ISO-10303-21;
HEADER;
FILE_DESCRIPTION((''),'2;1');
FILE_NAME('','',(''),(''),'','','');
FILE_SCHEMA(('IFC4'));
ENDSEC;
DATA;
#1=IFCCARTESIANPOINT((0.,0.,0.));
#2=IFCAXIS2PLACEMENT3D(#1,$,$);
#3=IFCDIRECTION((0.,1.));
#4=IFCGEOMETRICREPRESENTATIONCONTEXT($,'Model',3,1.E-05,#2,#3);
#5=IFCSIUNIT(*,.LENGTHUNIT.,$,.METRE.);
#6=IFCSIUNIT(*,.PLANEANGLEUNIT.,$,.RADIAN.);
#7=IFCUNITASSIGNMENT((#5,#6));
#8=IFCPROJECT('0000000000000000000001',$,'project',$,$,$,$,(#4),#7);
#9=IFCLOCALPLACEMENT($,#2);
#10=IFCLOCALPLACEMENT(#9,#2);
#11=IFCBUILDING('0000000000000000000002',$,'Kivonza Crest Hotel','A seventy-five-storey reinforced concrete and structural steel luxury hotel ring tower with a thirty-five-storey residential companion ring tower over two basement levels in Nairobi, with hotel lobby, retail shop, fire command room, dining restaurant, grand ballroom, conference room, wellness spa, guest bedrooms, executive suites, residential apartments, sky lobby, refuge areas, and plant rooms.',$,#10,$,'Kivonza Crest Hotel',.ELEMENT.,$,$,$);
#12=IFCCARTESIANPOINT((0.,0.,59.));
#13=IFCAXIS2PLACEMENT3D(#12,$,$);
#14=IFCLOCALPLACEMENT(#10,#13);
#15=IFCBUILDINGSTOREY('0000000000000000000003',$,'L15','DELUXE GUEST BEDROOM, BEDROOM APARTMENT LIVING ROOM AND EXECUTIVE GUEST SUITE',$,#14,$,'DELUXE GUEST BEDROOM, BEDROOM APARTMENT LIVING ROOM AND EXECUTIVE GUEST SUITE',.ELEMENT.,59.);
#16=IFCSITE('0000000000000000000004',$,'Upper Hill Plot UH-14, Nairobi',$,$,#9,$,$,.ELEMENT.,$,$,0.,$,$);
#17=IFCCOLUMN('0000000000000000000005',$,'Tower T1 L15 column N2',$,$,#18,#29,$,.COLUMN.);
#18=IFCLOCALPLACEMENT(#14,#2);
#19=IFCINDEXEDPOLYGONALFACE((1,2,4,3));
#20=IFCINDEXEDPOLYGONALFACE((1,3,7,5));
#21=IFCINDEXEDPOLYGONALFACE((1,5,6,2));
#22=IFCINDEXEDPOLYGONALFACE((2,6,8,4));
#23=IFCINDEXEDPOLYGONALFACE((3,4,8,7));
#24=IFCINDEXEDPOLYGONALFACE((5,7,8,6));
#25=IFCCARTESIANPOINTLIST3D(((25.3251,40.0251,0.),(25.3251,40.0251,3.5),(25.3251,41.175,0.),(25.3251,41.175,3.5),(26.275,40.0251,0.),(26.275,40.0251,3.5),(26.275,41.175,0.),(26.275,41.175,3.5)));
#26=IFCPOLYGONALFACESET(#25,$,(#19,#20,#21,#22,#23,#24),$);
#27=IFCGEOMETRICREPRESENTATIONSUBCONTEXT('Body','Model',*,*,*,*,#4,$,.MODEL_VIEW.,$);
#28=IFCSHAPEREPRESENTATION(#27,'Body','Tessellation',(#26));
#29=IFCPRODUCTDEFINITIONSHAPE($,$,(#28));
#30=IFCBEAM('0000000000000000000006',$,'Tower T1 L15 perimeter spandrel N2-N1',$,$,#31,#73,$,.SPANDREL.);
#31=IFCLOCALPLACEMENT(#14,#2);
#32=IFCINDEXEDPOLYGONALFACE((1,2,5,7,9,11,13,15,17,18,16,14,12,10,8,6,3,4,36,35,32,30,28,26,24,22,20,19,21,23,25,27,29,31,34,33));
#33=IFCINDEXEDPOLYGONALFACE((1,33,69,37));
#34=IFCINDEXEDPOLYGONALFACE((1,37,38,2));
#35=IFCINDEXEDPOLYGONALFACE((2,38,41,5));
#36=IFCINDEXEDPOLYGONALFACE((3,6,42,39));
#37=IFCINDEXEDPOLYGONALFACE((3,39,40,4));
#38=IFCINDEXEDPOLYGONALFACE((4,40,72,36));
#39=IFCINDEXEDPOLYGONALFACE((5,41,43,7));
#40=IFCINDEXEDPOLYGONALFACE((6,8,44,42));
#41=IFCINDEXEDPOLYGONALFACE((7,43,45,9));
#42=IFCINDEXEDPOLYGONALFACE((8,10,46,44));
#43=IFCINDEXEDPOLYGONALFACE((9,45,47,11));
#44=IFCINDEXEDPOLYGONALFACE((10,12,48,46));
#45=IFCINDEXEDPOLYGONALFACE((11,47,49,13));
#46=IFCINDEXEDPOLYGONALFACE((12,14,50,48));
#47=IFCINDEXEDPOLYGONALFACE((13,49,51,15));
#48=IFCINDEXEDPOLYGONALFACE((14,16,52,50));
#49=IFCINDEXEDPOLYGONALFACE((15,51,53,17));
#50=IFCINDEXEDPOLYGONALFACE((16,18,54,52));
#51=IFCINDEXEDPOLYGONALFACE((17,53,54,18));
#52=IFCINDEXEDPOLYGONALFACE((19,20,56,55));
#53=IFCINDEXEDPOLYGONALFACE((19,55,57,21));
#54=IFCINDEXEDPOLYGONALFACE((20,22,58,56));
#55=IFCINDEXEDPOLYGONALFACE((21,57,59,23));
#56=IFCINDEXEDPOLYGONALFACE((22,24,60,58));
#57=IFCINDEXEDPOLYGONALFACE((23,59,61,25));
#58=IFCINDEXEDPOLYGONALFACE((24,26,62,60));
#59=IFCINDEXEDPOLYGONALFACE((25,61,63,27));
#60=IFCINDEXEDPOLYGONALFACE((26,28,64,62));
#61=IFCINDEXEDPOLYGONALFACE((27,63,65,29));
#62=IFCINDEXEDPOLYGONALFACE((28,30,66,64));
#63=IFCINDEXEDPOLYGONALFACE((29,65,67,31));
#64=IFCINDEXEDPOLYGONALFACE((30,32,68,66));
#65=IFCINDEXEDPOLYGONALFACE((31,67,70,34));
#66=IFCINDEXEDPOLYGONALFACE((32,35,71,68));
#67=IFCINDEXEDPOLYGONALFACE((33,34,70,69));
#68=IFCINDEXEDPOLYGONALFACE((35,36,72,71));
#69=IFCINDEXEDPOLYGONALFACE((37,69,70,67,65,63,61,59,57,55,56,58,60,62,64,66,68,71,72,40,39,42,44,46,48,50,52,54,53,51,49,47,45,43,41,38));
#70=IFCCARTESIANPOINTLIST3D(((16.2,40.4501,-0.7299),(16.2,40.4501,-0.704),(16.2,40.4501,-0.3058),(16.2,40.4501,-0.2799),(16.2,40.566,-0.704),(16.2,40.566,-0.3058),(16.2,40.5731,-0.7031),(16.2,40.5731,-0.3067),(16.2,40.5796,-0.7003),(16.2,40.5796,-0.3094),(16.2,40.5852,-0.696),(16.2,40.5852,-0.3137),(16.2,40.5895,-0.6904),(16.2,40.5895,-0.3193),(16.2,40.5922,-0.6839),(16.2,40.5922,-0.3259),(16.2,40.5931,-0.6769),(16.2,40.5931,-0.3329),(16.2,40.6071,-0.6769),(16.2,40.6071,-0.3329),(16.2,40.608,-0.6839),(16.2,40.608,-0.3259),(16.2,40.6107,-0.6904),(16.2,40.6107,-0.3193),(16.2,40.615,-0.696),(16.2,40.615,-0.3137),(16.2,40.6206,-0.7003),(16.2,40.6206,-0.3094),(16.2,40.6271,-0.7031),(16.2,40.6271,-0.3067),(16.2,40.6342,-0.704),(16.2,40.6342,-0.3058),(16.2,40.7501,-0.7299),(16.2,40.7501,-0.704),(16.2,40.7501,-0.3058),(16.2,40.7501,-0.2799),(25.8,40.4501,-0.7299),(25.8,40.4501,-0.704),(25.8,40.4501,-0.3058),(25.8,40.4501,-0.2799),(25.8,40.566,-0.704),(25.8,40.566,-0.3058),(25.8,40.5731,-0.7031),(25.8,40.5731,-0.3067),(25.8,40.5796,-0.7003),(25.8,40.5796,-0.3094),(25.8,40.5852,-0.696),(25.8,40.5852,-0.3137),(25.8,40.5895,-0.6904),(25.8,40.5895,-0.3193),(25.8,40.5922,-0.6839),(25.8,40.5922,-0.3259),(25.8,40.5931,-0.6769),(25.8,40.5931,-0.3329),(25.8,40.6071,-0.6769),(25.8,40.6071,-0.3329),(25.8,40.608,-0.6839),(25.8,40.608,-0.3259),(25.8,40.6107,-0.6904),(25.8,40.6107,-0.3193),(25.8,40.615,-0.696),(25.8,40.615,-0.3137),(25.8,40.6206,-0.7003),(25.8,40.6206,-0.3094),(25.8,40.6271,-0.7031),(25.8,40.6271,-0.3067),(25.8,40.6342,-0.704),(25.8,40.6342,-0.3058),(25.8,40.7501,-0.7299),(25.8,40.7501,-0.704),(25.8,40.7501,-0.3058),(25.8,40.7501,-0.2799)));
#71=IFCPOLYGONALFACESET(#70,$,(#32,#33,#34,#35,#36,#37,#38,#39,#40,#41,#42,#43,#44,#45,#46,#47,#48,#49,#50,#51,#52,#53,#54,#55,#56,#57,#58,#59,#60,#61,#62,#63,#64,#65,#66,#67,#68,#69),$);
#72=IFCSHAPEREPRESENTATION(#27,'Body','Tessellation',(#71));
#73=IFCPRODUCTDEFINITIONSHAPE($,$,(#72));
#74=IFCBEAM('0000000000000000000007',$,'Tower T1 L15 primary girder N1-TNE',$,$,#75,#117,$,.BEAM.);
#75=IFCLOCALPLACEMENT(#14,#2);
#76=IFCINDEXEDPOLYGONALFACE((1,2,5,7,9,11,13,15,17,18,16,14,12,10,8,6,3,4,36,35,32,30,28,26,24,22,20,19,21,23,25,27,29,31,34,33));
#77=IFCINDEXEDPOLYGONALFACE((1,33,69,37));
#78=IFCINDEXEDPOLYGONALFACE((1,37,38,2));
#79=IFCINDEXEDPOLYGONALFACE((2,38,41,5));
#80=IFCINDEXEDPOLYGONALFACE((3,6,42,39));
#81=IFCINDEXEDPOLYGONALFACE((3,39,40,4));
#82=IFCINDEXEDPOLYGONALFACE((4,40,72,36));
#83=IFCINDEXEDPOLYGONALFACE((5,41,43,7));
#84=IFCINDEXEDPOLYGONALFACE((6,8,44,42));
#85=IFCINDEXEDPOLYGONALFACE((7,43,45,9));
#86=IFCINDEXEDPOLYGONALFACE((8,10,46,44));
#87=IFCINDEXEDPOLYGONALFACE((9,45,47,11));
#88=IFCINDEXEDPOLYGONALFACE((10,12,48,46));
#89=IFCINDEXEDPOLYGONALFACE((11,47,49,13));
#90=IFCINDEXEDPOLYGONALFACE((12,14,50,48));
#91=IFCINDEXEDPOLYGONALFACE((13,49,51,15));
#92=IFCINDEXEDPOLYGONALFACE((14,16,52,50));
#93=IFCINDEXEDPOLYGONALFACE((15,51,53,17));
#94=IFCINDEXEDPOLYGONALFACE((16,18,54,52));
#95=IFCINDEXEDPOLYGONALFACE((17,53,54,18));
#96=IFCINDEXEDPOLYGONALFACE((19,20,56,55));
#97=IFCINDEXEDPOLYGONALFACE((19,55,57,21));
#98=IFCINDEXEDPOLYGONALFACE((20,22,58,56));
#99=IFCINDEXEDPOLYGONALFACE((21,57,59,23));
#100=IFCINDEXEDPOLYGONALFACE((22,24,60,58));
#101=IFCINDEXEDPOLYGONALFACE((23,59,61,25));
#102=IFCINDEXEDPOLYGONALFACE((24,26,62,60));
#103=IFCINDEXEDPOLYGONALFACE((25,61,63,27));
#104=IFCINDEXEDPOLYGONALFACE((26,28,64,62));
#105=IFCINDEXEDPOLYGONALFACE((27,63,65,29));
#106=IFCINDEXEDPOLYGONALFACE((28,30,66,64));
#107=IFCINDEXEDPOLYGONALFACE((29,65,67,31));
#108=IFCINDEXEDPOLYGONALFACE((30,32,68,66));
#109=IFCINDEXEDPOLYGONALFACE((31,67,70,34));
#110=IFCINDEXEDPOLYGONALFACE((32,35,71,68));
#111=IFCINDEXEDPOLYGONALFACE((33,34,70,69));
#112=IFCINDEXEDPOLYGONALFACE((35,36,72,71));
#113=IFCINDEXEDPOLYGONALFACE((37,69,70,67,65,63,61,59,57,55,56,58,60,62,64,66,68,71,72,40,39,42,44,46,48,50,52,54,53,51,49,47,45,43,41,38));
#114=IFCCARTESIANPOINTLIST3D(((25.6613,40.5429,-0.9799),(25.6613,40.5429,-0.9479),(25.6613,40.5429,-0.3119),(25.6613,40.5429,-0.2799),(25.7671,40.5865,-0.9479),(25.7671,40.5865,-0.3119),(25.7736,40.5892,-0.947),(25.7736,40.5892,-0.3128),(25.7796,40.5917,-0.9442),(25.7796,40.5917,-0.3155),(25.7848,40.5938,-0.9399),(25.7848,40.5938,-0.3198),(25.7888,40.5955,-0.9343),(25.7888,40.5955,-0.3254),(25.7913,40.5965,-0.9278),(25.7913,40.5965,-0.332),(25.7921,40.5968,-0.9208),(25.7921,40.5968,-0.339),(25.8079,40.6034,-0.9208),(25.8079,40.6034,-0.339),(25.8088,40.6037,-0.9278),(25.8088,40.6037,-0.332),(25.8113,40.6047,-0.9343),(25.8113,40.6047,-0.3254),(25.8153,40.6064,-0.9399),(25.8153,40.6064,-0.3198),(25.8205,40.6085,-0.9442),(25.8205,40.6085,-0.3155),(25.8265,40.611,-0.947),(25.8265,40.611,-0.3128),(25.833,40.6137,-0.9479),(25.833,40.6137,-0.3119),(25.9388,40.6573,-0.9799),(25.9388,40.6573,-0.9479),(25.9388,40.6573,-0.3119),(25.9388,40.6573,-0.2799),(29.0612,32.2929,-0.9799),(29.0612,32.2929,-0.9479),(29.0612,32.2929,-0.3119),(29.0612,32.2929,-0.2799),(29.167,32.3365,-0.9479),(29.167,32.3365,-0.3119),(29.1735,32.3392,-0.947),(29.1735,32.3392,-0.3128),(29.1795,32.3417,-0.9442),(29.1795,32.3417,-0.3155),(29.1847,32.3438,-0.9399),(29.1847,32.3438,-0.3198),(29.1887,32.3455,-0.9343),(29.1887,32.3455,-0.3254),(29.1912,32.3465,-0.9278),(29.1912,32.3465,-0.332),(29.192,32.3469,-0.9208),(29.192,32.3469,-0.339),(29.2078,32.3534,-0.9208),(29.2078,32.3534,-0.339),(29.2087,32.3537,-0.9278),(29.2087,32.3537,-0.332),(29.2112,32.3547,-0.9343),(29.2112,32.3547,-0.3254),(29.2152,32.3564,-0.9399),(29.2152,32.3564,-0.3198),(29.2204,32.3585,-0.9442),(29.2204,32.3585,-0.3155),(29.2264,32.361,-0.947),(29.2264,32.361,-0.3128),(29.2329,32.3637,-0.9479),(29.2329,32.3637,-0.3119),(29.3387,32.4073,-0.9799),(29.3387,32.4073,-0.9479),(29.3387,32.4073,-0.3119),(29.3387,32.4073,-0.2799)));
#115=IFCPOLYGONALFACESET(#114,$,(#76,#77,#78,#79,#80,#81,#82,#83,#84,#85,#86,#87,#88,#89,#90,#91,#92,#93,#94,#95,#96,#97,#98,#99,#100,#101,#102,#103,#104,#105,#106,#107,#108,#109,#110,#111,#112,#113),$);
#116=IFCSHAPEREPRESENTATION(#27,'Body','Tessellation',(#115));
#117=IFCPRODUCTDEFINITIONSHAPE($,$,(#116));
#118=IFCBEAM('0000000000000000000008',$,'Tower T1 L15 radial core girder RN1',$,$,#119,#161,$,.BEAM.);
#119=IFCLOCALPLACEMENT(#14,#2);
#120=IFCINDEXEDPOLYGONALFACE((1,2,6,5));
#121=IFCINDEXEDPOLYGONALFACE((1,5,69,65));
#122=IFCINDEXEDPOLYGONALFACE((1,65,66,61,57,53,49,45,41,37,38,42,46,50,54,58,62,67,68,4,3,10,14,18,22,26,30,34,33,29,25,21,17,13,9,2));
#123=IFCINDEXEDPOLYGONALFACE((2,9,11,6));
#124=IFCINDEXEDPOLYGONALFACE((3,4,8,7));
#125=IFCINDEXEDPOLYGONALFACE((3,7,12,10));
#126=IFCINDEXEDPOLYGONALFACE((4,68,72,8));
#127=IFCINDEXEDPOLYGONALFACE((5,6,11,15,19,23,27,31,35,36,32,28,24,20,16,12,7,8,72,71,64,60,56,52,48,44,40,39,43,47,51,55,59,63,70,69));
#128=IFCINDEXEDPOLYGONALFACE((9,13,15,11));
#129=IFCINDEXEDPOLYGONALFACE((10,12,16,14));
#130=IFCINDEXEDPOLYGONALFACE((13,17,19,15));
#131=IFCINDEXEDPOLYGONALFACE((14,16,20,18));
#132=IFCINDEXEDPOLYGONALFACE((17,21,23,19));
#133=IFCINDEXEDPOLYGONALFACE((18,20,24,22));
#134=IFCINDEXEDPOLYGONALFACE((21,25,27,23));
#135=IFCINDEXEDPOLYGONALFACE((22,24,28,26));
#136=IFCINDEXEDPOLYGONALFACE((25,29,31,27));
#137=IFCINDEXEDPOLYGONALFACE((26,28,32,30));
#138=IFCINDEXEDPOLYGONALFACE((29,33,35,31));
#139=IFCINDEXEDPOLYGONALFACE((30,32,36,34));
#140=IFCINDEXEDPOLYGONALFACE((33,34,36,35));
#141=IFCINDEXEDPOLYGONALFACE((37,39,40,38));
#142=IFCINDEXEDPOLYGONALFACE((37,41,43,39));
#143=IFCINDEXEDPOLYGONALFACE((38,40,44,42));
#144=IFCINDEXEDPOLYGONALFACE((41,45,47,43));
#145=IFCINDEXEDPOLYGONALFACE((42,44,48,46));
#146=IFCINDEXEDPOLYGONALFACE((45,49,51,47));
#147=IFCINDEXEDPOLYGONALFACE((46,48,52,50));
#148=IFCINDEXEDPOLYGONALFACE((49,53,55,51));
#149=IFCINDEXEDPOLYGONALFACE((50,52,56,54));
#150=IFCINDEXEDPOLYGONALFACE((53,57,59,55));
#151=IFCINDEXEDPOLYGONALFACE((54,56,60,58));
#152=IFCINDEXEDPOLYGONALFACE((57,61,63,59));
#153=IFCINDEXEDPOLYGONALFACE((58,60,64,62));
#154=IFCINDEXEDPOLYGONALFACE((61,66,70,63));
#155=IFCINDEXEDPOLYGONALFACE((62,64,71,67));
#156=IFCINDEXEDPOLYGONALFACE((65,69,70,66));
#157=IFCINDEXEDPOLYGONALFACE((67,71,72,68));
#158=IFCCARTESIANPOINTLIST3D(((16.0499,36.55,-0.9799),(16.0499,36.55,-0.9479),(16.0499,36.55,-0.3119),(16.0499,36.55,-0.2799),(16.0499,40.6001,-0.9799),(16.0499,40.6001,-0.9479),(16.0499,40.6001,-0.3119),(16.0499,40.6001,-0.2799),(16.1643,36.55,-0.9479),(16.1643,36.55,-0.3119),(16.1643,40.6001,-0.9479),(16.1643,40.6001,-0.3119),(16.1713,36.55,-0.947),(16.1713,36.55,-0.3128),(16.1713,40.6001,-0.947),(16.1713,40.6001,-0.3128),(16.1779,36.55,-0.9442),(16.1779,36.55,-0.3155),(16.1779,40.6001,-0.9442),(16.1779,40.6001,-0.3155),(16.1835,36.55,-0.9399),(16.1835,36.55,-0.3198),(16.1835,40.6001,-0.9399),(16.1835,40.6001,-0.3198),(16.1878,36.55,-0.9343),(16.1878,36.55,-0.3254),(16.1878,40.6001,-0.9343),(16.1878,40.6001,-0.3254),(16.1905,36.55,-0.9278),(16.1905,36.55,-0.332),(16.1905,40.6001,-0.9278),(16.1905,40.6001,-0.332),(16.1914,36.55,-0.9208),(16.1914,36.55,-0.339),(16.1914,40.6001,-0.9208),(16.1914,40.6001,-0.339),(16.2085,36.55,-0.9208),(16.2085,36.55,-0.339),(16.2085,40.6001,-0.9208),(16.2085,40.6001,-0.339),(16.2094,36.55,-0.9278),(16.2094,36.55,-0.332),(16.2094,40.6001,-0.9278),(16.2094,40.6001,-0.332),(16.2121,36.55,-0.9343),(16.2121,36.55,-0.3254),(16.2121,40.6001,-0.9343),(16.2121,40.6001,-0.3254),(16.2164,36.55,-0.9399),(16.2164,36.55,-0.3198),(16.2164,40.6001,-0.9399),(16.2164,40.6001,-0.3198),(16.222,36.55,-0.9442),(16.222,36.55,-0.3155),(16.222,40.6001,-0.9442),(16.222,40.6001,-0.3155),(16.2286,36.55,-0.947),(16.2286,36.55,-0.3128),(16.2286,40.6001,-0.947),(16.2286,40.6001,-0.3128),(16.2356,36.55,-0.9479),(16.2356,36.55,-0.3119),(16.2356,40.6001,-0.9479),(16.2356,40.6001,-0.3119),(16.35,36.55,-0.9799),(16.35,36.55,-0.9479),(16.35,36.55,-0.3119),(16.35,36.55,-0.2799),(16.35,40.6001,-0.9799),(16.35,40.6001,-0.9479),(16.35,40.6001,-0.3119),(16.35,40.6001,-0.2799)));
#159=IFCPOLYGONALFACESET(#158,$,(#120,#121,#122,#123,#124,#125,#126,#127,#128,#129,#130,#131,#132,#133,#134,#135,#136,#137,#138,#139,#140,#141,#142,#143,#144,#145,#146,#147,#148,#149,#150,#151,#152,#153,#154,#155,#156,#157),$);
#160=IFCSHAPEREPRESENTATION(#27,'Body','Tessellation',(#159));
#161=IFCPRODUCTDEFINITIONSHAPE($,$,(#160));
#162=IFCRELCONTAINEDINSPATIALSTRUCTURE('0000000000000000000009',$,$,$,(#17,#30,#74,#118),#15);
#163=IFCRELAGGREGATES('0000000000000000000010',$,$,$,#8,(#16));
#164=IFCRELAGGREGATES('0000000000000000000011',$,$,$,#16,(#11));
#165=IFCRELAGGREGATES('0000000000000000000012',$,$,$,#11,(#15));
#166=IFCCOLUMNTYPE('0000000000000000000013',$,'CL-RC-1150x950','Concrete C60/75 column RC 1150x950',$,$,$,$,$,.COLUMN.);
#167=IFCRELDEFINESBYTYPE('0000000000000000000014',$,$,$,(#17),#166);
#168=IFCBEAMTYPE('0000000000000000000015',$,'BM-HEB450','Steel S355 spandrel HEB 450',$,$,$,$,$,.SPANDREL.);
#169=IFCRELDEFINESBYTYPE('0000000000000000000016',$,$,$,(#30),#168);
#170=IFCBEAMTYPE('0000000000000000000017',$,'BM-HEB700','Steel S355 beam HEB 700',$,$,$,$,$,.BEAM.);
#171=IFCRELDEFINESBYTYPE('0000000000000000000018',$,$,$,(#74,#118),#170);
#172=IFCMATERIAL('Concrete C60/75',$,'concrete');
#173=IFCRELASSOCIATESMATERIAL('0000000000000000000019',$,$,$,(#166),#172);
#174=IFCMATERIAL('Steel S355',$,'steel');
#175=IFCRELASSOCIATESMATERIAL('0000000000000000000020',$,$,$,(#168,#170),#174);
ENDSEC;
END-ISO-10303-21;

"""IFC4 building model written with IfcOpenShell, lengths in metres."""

from ifc_helpers import new_model, si_unit, direction, frame, origin, origin_2d, place, context, subcontext, project, spatial, rectangle, i_section, extrude, material, material_profile, profile_set, type_object, element, save


model = new_model("IFC4")

# Units and contexts
model_context = context("Model", 3, precision=1e-05, world=origin(), true_north=direction((0.0, 1.0)))
body_context = subcontext(model_context, "Body", "Model", "MODEL_VIEW")
ifc_project = project(units=[si_unit("LENGTHUNIT", "METRE"), si_unit("PLANEANGLEUNIT", "RADIAN")], contexts=[model_context])

# Site, building, storey
site_placement = place(None, origin())
site = spatial("IfcSite", under=ifc_project, at=site_placement, Name="Upper Hill Plot UH-14, Nairobi", CompositionType="ELEMENT", RefElevation=0.0)
building_placement = place(site_placement, origin())
building = spatial("IfcBuilding", under=site, at=building_placement, Name="Kivonza Crest Hotel", Description="A seventy-five-storey reinforced concrete and structural steel luxury hotel ring tower with a thirty-five-storey residential companion ring tower over two basement levels in Nairobi, with hotel lobby, retail shop, fire command room, dining restaurant, grand ballroom, conference room, wellness spa, guest bedrooms, executive suites, residential apartments, sky lobby, refuge areas, and plant rooms.", LongName="Kivonza Crest Hotel", CompositionType="ELEMENT")
storey_placement = place(building_placement, frame((0.0, 0.0, 59.0)))
storey = spatial("IfcBuildingStorey", under=building, at=storey_placement, Name="L15", Description="DELUXE GUEST BEDROOM, BEDROOM APARTMENT LIVING ROOM AND EXECUTIVE GUEST SUITE", LongName="DELUXE GUEST BEDROOM, BEDROOM APARTMENT LIVING ROOM AND EXECUTIVE GUEST SUITE", CompositionType="ELEMENT", Elevation=59.0)

# Column
ifc_material_1 = material(Name="Concrete C60/75", Category="concrete")
ifc_material_profile_1 = material_profile(ifc_material_1, rectangle(XDim=0.95, YDim=1.1499, at=origin_2d()), Name="RC 1150x950")
ifc_profile_set_1 = profile_set([ifc_material_profile_1], Name="Concrete C60/75")
column_type = type_object("IfcColumnType", Name="CL-RC-1150x950", Description="Concrete C60/75 column RC 1150x950", PredefinedType="COLUMN", material=ifc_profile_set_1)
column_placement = place(storey_placement, frame((25.8, 40.6001, 0.0), z_axis=(0.0, 0.0, 1.0), x_axis=(1.0, 0.0, 0.0)))
element("IfcColumn", 1, at=column_placement, inside=storey, type_object=column_type, Name="Tower T1 L15 column N2", PredefinedType="COLUMN", context=body_context, shape_type="SweptSolid", body=[
    extrude(rectangle(XDim=0.95, YDim=1.1499, at=origin_2d()), origin(), (0.0, 0.0, 1.0), 3.5),
])

# Beams
ifc_material_2 = material(Name="Steel S355", Category="steel")
ifc_material_profile_2 = material_profile(ifc_material_2, i_section(OverallWidth=0.3, OverallDepth=0.45, WebThickness=0.0139, FlangeThickness=0.0259, FilletRadius=0.0271, at=origin_2d()), Name="HEB 450")
ifc_profile_set_2 = profile_set([ifc_material_profile_2], Name="Steel S355")
beam_type_1 = type_object("IfcBeamType", Name="BM-HEB450", Description="Steel S355 spandrel HEB 450", PredefinedType="SPANDREL", material=ifc_profile_set_2)
beam_1_placement = place(storey_placement, frame((25.8, 40.6001, -0.5049), z_axis=(-1.0, 0.0, 0.0), x_axis=(0.0, -1.0, 0.0)))
element("IfcBeam", 2, at=beam_1_placement, inside=storey, type_object=beam_type_1, Name="Tower T1 L15 perimeter spandrel N2-N1", PredefinedType="SPANDREL", context=body_context, shape_type="SweptSolid", body=[
    extrude(i_section(OverallWidth=0.3, OverallDepth=0.45, WebThickness=0.0139, FlangeThickness=0.0259, FilletRadius=0.0271, at=origin_2d()), origin(), (0.0, 0.0, 1.0), 9.6001),
])
ifc_material_profile_3 = material_profile(ifc_material_2, i_section(OverallWidth=0.3, OverallDepth=0.7, WebThickness=0.0171, FlangeThickness=0.032, FilletRadius=0.0271, at=origin_2d()), Name="HEB 700")
ifc_profile_set_3 = profile_set([ifc_material_profile_3], Name="Steel S355")
beam_type_2 = type_object("IfcBeamType", Name="BM-HEB700", Description="Steel S355 beam HEB 700", PredefinedType="BEAM", material=ifc_profile_set_3)
beam_2_placement = place(storey_placement, frame((25.8, 40.6001, -0.6299), z_axis=(0.381022, -0.924566, 0.0), x_axis=(0.924566, 0.381022, 0.0)))
element("IfcBeam", 3, at=beam_2_placement, inside=storey, type_object=beam_type_2, Name="Tower T1 L15 primary girder N1-TNE", PredefinedType="BEAM", context=body_context, shape_type="SweptSolid", body=[
    extrude(i_section(OverallWidth=0.3, OverallDepth=0.7, WebThickness=0.0171, FlangeThickness=0.032, FilletRadius=0.0271, at=origin_2d()), origin(), (0.0, 0.0, 1.0), 8.9231),
])
for number, where, z_axis, x_axis, name in (
    (4, (16.2, 40.6001, -0.6299), (0.0, -1.0, 0.0), (1.0, 0.0, 0.0), "Tower T1 L15 radial core girder RN1"),
):
    element("IfcBeam", number, at=place(storey_placement, frame(where, z_axis=z_axis, x_axis=x_axis)), inside=storey, type_object=beam_type_2, Name=name, PredefinedType="BEAM", context=body_context, shape_type="SweptSolid", body=[
        extrude(i_section(OverallWidth=0.3, OverallDepth=0.7, WebThickness=0.0171, FlangeThickness=0.032, FilletRadius=0.0271, at=origin_2d()), origin(), (0.0, 0.0, 1.0), 4.05),
    ])

save(model, "model.ifc")
